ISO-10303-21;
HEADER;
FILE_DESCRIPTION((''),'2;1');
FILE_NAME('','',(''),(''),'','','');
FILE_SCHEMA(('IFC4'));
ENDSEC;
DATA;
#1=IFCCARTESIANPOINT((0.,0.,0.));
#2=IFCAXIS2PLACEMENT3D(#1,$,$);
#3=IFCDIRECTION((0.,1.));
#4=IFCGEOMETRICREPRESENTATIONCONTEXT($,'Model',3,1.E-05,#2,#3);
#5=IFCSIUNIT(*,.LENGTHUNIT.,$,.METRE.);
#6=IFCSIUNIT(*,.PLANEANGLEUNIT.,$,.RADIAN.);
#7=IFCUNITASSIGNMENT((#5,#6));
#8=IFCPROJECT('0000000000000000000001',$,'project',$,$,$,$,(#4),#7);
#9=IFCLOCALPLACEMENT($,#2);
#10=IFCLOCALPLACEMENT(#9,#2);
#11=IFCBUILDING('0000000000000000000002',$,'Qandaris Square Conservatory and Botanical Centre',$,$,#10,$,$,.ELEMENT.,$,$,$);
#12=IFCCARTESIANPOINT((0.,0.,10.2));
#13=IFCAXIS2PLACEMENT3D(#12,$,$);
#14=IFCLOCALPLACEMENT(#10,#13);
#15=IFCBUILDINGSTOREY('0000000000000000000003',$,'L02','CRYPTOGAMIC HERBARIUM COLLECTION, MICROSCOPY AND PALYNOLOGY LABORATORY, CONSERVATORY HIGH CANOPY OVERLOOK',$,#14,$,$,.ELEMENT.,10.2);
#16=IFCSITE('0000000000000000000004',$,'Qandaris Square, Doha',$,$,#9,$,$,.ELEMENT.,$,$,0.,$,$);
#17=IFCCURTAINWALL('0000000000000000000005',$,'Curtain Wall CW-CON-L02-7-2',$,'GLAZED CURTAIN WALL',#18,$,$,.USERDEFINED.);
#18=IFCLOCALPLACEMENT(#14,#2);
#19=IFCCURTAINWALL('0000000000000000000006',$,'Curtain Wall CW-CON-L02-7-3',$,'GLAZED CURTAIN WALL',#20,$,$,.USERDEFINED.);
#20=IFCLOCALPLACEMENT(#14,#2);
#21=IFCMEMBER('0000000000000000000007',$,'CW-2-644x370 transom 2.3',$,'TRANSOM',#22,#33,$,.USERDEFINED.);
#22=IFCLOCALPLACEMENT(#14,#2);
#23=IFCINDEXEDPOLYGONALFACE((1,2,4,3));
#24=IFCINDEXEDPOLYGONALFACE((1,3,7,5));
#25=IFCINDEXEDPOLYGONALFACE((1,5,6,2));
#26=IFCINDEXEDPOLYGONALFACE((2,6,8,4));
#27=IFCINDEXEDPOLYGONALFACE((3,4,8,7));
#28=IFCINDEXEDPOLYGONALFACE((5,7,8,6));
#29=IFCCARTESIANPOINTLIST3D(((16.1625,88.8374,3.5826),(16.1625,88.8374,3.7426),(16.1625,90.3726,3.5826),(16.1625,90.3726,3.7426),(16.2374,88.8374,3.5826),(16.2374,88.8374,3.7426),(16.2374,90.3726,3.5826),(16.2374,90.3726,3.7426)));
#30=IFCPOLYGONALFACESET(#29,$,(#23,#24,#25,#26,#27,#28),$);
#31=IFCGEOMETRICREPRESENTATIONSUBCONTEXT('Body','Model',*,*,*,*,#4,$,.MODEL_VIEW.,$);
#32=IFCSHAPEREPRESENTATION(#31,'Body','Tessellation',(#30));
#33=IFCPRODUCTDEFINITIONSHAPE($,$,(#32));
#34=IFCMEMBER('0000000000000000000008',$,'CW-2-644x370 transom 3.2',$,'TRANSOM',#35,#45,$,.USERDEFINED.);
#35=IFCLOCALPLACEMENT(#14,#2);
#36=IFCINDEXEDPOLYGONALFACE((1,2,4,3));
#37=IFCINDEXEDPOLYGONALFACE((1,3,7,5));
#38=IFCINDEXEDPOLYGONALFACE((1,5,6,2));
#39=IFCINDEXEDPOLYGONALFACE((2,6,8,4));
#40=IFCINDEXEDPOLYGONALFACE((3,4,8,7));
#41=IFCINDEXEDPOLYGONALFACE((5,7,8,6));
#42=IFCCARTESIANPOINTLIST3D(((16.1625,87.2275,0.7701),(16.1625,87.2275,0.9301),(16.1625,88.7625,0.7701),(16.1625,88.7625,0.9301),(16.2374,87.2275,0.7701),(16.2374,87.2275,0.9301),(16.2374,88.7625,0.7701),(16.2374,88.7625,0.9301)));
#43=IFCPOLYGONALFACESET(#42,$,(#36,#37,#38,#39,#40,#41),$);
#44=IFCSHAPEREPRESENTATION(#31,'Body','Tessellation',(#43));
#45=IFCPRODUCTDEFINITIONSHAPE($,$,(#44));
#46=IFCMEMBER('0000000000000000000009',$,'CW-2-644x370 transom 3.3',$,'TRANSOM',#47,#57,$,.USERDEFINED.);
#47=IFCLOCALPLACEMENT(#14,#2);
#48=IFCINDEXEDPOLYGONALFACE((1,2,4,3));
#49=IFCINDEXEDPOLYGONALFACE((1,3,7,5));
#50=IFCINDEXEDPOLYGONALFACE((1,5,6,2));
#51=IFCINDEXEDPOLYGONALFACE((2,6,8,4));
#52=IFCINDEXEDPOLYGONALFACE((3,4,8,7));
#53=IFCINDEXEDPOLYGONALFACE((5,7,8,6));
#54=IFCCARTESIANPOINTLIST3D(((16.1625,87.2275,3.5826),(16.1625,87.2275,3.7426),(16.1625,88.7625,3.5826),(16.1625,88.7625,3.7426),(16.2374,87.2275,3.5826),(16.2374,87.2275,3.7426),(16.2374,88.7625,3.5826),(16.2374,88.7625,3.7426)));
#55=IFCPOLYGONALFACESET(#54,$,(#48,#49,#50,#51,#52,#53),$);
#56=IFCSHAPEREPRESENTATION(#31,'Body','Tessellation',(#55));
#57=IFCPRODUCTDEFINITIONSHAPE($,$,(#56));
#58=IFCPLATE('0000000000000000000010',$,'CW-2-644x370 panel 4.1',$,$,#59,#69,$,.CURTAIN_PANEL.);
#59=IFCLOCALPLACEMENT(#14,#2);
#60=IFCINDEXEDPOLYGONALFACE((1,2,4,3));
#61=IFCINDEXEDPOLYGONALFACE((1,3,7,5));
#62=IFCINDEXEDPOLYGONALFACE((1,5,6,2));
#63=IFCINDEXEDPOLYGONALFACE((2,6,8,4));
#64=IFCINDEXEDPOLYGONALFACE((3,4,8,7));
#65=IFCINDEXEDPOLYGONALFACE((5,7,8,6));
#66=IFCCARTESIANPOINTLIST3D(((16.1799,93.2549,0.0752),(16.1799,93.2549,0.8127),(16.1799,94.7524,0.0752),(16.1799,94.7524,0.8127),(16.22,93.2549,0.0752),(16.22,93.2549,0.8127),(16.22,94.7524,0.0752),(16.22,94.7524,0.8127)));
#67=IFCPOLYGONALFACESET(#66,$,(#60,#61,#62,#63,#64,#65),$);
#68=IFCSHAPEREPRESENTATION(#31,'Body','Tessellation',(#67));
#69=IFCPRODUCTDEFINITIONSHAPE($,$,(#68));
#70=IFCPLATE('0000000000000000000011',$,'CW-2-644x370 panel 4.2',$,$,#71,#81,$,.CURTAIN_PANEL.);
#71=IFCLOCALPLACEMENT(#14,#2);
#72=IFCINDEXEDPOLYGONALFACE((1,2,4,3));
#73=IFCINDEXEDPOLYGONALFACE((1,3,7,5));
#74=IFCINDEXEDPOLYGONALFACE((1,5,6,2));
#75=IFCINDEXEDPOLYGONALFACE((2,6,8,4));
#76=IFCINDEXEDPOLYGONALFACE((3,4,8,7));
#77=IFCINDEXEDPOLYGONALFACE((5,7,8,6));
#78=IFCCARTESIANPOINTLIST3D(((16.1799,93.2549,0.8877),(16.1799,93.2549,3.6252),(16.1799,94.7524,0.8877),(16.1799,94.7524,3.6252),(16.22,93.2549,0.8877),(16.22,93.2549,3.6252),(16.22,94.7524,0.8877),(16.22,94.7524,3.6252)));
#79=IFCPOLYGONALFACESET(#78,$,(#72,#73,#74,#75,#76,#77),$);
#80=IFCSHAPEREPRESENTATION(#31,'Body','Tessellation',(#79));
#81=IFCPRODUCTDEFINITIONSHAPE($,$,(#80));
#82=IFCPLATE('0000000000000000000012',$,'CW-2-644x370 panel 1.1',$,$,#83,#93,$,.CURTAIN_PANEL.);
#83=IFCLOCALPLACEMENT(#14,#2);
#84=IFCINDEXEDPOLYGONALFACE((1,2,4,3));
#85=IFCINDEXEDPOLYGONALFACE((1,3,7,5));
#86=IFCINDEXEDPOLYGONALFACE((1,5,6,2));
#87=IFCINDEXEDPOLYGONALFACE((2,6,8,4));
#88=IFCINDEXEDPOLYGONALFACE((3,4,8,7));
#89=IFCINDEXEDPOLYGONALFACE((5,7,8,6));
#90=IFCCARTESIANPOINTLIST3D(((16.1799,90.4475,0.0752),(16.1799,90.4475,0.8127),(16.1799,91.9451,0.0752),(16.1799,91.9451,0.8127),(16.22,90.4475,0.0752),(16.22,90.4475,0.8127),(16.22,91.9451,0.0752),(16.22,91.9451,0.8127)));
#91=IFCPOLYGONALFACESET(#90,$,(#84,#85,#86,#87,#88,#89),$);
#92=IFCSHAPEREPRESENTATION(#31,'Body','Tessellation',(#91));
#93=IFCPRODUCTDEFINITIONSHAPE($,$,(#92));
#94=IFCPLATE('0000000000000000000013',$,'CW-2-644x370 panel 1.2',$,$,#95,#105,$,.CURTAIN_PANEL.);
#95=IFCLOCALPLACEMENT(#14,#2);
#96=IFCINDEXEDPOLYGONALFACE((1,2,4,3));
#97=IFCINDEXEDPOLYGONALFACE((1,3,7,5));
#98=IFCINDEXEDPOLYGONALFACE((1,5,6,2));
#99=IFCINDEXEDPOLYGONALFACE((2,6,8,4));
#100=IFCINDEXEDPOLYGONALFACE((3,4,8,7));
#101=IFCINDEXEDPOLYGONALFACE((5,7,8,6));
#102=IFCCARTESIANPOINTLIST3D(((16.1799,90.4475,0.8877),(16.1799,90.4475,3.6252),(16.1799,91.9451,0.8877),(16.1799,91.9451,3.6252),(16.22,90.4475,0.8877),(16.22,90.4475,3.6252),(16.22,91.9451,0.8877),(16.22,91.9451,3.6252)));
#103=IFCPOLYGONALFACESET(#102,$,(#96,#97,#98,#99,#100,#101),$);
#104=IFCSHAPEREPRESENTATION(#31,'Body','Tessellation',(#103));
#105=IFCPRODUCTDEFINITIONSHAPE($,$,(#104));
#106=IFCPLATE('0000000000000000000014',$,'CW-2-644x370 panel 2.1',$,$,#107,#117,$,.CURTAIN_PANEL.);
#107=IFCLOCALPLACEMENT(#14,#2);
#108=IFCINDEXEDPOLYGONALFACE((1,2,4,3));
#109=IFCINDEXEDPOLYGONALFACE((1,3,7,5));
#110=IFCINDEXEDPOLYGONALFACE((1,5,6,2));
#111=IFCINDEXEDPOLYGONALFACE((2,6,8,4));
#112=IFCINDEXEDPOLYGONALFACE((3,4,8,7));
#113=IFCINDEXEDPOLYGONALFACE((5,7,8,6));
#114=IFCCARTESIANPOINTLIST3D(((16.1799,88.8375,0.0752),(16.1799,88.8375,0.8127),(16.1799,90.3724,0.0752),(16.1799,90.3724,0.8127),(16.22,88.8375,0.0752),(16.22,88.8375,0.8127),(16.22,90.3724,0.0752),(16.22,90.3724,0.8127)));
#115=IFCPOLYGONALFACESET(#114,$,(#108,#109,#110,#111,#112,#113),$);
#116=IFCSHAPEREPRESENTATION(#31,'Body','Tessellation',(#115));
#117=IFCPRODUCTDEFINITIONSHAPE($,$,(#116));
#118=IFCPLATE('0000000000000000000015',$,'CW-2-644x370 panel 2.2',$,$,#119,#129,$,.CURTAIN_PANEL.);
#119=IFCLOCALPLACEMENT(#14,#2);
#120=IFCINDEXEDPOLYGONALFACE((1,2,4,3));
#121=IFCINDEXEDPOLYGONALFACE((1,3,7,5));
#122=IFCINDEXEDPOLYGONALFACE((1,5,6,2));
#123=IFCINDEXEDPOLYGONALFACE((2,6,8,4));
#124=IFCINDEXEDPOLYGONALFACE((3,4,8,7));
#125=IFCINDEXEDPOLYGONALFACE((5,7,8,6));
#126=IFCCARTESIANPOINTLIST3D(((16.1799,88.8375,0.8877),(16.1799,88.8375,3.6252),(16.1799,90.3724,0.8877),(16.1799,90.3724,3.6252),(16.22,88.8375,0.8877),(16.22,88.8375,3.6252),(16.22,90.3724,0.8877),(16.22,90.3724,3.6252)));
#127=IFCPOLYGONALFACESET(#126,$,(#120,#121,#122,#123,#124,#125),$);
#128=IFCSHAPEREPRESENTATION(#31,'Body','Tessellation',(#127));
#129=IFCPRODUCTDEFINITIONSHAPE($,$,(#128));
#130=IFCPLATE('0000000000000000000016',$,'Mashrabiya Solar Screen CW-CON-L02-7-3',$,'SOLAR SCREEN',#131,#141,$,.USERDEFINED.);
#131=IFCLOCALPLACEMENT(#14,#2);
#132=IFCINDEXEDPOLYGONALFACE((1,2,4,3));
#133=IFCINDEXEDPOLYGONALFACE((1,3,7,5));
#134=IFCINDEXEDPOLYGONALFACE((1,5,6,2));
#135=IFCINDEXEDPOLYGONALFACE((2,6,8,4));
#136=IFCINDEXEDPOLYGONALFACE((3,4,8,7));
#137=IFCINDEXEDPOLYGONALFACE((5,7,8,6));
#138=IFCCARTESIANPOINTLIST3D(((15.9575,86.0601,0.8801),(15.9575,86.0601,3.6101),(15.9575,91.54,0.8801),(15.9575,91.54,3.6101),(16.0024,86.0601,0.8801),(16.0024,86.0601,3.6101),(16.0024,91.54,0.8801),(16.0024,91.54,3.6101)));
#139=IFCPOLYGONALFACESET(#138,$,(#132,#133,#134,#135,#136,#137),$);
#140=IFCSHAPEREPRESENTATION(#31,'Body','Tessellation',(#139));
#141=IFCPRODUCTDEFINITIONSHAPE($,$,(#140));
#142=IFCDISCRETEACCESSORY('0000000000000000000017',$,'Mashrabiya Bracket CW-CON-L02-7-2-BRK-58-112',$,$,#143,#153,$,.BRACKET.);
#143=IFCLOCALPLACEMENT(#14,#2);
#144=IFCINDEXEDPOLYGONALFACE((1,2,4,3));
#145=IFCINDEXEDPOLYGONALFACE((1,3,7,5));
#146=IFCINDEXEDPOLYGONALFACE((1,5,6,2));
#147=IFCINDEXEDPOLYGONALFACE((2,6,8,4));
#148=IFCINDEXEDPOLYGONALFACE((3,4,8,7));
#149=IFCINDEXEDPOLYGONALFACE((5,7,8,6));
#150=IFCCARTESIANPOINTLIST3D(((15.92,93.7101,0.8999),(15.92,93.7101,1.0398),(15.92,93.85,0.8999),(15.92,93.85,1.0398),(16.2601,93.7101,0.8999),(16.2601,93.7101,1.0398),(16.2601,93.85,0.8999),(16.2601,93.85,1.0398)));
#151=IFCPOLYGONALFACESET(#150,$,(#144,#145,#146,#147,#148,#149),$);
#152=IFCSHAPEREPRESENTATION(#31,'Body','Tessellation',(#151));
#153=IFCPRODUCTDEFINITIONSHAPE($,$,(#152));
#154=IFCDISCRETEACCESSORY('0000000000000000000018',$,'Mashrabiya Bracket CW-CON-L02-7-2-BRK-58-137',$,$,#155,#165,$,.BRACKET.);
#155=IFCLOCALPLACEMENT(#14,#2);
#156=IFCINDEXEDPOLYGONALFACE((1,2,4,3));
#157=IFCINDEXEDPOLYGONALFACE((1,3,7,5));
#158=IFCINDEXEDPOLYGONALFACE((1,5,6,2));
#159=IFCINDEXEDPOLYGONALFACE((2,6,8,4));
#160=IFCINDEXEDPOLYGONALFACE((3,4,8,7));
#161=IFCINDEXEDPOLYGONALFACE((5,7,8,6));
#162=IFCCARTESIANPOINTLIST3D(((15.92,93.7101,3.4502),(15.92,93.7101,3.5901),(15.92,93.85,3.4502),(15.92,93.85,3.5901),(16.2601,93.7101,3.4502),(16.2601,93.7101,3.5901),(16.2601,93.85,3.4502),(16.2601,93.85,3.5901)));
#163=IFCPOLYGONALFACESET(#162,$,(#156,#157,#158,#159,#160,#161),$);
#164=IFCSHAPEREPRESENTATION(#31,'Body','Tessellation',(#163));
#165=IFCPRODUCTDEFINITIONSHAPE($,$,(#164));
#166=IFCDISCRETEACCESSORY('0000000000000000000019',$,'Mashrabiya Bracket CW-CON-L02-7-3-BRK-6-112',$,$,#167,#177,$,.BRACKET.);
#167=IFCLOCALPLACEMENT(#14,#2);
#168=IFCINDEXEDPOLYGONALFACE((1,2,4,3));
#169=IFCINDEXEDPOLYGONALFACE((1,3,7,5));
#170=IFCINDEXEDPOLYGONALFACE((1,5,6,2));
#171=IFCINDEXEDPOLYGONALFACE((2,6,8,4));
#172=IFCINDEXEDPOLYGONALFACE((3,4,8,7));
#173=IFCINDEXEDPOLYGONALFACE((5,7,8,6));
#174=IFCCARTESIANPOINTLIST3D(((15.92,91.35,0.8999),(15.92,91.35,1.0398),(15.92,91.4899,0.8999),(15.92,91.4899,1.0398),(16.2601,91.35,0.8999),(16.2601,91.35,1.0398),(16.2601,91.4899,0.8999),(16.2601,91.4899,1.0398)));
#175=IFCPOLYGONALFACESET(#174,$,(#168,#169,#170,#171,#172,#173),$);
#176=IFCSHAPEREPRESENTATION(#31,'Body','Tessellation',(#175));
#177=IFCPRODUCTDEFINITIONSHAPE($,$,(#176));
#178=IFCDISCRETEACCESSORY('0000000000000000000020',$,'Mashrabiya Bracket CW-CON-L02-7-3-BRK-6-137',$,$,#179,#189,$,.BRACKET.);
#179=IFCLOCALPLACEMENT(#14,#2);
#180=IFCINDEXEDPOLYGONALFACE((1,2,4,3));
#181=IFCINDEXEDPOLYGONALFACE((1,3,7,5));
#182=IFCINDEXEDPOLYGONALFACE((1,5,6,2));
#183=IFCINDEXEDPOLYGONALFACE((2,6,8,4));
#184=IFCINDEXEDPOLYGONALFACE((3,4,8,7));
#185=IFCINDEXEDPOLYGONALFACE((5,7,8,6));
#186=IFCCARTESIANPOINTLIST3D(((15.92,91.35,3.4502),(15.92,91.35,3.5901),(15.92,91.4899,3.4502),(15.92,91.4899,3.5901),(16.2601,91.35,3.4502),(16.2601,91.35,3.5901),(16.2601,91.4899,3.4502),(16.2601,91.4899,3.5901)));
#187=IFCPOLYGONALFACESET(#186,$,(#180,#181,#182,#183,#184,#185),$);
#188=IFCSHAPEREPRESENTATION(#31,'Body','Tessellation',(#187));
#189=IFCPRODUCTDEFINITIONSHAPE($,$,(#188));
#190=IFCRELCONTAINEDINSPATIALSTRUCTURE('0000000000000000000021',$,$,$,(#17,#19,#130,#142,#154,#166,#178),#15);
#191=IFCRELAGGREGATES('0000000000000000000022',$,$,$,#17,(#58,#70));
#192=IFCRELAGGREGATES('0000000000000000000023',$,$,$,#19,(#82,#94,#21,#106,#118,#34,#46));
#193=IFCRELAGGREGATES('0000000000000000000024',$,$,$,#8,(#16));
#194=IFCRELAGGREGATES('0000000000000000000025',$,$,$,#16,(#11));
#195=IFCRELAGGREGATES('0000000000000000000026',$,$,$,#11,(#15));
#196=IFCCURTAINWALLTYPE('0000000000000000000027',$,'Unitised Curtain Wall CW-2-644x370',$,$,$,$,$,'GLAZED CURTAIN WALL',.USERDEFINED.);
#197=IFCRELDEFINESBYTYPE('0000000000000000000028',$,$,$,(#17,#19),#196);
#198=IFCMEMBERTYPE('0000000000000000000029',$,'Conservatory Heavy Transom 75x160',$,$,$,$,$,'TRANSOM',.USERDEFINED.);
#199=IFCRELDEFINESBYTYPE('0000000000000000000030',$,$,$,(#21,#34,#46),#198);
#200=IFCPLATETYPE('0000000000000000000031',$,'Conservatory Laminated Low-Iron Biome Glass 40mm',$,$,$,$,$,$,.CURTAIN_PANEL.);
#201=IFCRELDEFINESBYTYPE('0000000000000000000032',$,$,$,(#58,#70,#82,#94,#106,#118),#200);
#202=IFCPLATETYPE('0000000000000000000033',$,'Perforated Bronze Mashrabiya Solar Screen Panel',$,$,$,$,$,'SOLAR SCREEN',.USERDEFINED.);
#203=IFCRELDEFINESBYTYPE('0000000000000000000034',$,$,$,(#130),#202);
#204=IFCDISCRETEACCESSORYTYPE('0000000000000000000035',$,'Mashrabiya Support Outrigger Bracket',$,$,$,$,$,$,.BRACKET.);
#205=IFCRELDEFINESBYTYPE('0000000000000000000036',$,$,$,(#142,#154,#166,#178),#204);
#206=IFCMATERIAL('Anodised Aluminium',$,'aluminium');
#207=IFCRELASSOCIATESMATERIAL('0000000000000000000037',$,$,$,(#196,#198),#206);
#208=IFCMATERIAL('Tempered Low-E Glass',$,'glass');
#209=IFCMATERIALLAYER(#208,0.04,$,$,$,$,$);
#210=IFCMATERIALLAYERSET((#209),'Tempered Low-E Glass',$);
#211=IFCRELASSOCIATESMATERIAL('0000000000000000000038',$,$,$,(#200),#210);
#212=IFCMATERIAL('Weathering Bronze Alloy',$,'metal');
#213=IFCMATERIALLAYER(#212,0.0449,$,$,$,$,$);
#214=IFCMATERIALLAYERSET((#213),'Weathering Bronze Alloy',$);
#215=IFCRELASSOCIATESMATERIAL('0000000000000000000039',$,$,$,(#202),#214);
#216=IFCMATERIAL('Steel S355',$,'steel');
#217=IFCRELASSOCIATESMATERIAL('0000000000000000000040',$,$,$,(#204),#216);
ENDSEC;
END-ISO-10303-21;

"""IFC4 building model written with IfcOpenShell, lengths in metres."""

from ifc_helpers import new_model, si_unit, direction, frame, origin, origin_2d, place, context, subcontext, project, spatial, rectangle, extrude, material, layer, layer_set, material_profile, profile_set, type_object, element, aggregate, save


model = new_model("IFC4")

# Units and contexts
model_context = context("Model", 3, precision=1e-05, world=origin(), true_north=direction((0.0, 1.0)))
body_context = subcontext(model_context, "Body", "Model", "MODEL_VIEW")
ifc_project = project(units=[si_unit("LENGTHUNIT", "METRE"), si_unit("PLANEANGLEUNIT", "RADIAN")], contexts=[model_context])

# Site, building, storey
site_placement = place(None, origin())
site = spatial("IfcSite", under=ifc_project, at=site_placement, Name="Qandaris Square, Doha", CompositionType="ELEMENT", RefElevation=0.0)
building_placement = place(site_placement, origin())
building = spatial("IfcBuilding", under=site, at=building_placement, Name="Qandaris Square Conservatory and Botanical Centre", CompositionType="ELEMENT")
storey_placement = place(building_placement, frame((0.0, 0.0, 10.2)))
storey = spatial("IfcBuildingStorey", under=building, at=storey_placement, Name="L02", Description="CRYPTOGAMIC HERBARIUM COLLECTION, MICROSCOPY AND PALYNOLOGY LABORATORY, CONSERVATORY HIGH CANOPY OVERLOOK", CompositionType="ELEMENT", Elevation=10.2)

# Curtain wall
ifc_material_1 = material(Name="Anodised Aluminium", Category="aluminium")
curtain_wall_type = type_object("IfcCurtainWallType", Name="Unitised Curtain Wall CW-2-644x370", ElementType="GLAZED CURTAIN WALL", PredefinedType="USERDEFINED", material=ifc_material_1)
curtain_wall_1_placement = place(storey_placement, origin())
curtain_wall_1 = element("IfcCurtainWall", 1, at=curtain_wall_1_placement, inside=storey, type_object=curtain_wall_type, Name="Curtain Wall CW-CON-L02-7-2", ObjectType="GLAZED CURTAIN WALL", PredefinedType="USERDEFINED")

# Curtain wall
curtain_wall_2_placement = place(storey_placement, origin())
curtain_wall_2 = element("IfcCurtainWall", 2, at=curtain_wall_2_placement, inside=storey, type_object=curtain_wall_type, Name="Curtain Wall CW-CON-L02-7-3", ObjectType="GLAZED CURTAIN WALL", PredefinedType="USERDEFINED")

# Members
ifc_material_profile_1 = material_profile(ifc_material_1, rectangle(XDim=0.075, YDim=0.1599, at=origin_2d()), Name="ALU-TRN 75x160")
ifc_profile_set_1 = profile_set([ifc_material_profile_1], Name="Anodised Aluminium")
member_type_1 = type_object("IfcMemberType", Name="Conservatory Heavy Transom 75x160", ElementType="TRANSOM", PredefinedType="USERDEFINED", material=ifc_profile_set_1)
member_1_placement = place(storey_placement, frame((16.2, 90.3726, 3.6626), z_axis=(0.0, -1.0, 0.0), x_axis=(1.0, 0.0, 0.0)))
member_1 = element("IfcMember", 3, at=member_1_placement, type_object=member_type_1, Name="CW-2-644x370 transom 2.3", ObjectType="TRANSOM", PredefinedType="USERDEFINED", context=body_context, shape_type="SweptSolid", body=[
    extrude(rectangle(XDim=0.075, YDim=0.1599, at=origin_2d()), origin(), (0.0, 0.0, 1.0), 1.5352),
])
member_2_placement = place(storey_placement, frame((16.2, 88.7625, 0.8501), z_axis=(0.0, -1.0, 0.0), x_axis=(1.0, 0.0, 0.0)))
member_2 = element("IfcMember", 4, at=member_2_placement, type_object=member_type_1, Name="CW-2-644x370 transom 3.2", ObjectType="TRANSOM", PredefinedType="USERDEFINED", context=body_context, shape_type="SweptSolid", body=[
    extrude(rectangle(XDim=0.075, YDim=0.1599, at=origin_2d()), origin(), (0.0, 0.0, 1.0), 1.5349),
])
member_3_placement = place(storey_placement, frame((16.2, 88.7625, 3.6626), z_axis=(0.0, -1.0, 0.0), x_axis=(1.0, 0.0, 0.0)))
member_3 = element("IfcMember", 5, at=member_3_placement, type_object=member_type_1, Name="CW-2-644x370 transom 3.3", ObjectType="TRANSOM", PredefinedType="USERDEFINED", context=body_context, shape_type="SweptSolid", body=[
    extrude(rectangle(XDim=0.075, YDim=0.1599, at=origin_2d()), origin(), (0.0, 0.0, 1.0), 1.5349),
])

# Plates
ifc_material_2 = material(Name="Tempered Low-E Glass", Category="glass")
ifc_layer_1 = layer(ifc_material_2, 0.04)
ifc_layer_set_1 = layer_set([ifc_layer_1], Name="Tempered Low-E Glass")
plate_type_1 = type_object("IfcPlateType", Name="Conservatory Laminated Low-Iron Biome Glass 40mm", PredefinedType="CURTAIN_PANEL", material=ifc_layer_set_1)
plate_1_placement = place(storey_placement, frame((16.2, 94.0037, 0.0752), z_axis=(0.0, 0.0, 1.0), x_axis=(0.0, -1.0, 0.0)))
plate_1 = element("IfcPlate", 6, at=plate_1_placement, type_object=plate_type_1, Name="CW-2-644x370 panel 4.1", PredefinedType="CURTAIN_PANEL", context=body_context, shape_type="SweptSolid", body=[
    extrude(rectangle(XDim=1.4976, YDim=0.04, at=origin_2d()), origin(), (0.0, 0.0, 1.0), 0.7375),
])
plate_2_placement = place(storey_placement, frame((16.2, 94.0037, 0.8877), z_axis=(0.0, 0.0, 1.0), x_axis=(0.0, -1.0, 0.0)))
plate_2 = element("IfcPlate", 7, at=plate_2_placement, type_object=plate_type_1, Name="CW-2-644x370 panel 4.2", PredefinedType="CURTAIN_PANEL", context=body_context, shape_type="SweptSolid", body=[
    extrude(rectangle(XDim=1.4976, YDim=0.04, at=origin_2d()), origin(), (0.0, 0.0, 1.0), 2.7375),
])
aggregate(curtain_wall_1, [plate_1, plate_2])
plate_3_placement = place(storey_placement, frame((16.2, 91.1963, 0.0752), z_axis=(0.0, 0.0, 1.0), x_axis=(0.0, -1.0, 0.0)))
plate_3 = element("IfcPlate", 8, at=plate_3_placement, type_object=plate_type_1, Name="CW-2-644x370 panel 1.1", PredefinedType="CURTAIN_PANEL", context=body_context, shape_type="SweptSolid", body=[
    extrude(rectangle(XDim=1.4976, YDim=0.04, at=origin_2d()), origin(), (0.0, 0.0, 1.0), 0.7375),
])
plate_4_placement = place(storey_placement, frame((16.2, 91.1963, 0.8877), z_axis=(0.0, 0.0, 1.0), x_axis=(0.0, -1.0, 0.0)))
plate_4 = element("IfcPlate", 9, at=plate_4_placement, type_object=plate_type_1, Name="CW-2-644x370 panel 1.2", PredefinedType="CURTAIN_PANEL", context=body_context, shape_type="SweptSolid", body=[
    extrude(rectangle(XDim=1.4976, YDim=0.04, at=origin_2d()), origin(), (0.0, 0.0, 1.0), 2.7375),
])
plate_5_placement = place(storey_placement, frame((16.2, 89.605, 0.0752), z_axis=(0.0, 0.0, 1.0), x_axis=(0.0, -1.0, 0.0)))
plate_5 = element("IfcPlate", 10, at=plate_5_placement, type_object=plate_type_1, Name="CW-2-644x370 panel 2.1", PredefinedType="CURTAIN_PANEL", context=body_context, shape_type="SweptSolid", body=[
    extrude(rectangle(XDim=1.5349, YDim=0.04, at=origin_2d()), origin(), (0.0, 0.0, 1.0), 0.7375),
])
plate_6_placement = place(storey_placement, frame((16.2, 89.605, 0.8877), z_axis=(0.0, 0.0, 1.0), x_axis=(0.0, -1.0, 0.0)))
plate_6 = element("IfcPlate", 11, at=plate_6_placement, type_object=plate_type_1, Name="CW-2-644x370 panel 2.2", PredefinedType="CURTAIN_PANEL", context=body_context, shape_type="SweptSolid", body=[
    extrude(rectangle(XDim=1.5349, YDim=0.04, at=origin_2d()), origin(), (0.0, 0.0, 1.0), 2.7375),
])
aggregate(curtain_wall_2, [plate_3, plate_4, member_1, plate_5, plate_6, member_2, member_3])
ifc_material_3 = material(Name="Weathering Bronze Alloy", Category="metal")
ifc_layer_2 = layer(ifc_material_3, 0.0449)
ifc_layer_set_2 = layer_set([ifc_layer_2], Name="Weathering Bronze Alloy")
plate_type_2 = type_object("IfcPlateType", Name="Perforated Bronze Mashrabiya Solar Screen Panel", ElementType="SOLAR SCREEN", PredefinedType="USERDEFINED", material=ifc_layer_set_2)
plate_7_placement = place(storey_placement, frame((15.98, 88.8, 0.8801), z_axis=(0.0, 0.0, 1.0), x_axis=(0.0, -1.0, 0.0)))
element("IfcPlate", 12, at=plate_7_placement, inside=storey, type_object=plate_type_2, Name="Mashrabiya Solar Screen CW-CON-L02-7-3", ObjectType="SOLAR SCREEN", PredefinedType="USERDEFINED", context=body_context, shape_type="SweptSolid", body=[
    extrude(rectangle(XDim=5.48, YDim=0.0449, at=origin_2d()), origin(), (0.0, 0.0, 1.0), 2.73),
])

# Discrete accessories
ifc_material_4 = material(Name="Steel S355", Category="steel")
discrete_accessory_type = type_object("IfcDiscreteAccessoryType", Name="Mashrabiya Support Outrigger Bracket", PredefinedType="BRACKET", material=ifc_material_4)
for number, where, z_axis, x_axis, name in (
    (13, (16.0901, 93.78, 0.8999), (0.0, 0.0, 1.0), (0.0, -1.0, 0.0), "Mashrabiya Bracket CW-CON-L02-7-2-BRK-58-112"),
    (14, (16.0901, 93.78, 3.4502), (0.0, 0.0, 1.0), (0.0, -1.0, 0.0), "Mashrabiya Bracket CW-CON-L02-7-2-BRK-58-137"),
    (15, (16.0901, 91.4199, 0.8999), (0.0, 0.0, 1.0), (0.0, -1.0, 0.0), "Mashrabiya Bracket CW-CON-L02-7-3-BRK-6-112"),
    (16, (16.0901, 91.4199, 3.4502), (0.0, 0.0, 1.0), (0.0, -1.0, 0.0), "Mashrabiya Bracket CW-CON-L02-7-3-BRK-6-137"),
):
    element("IfcDiscreteAccessory", number, at=place(storey_placement, frame(where, z_axis=z_axis, x_axis=x_axis)), inside=storey, type_object=discrete_accessory_type, Name=name, PredefinedType="BRACKET", context=body_context, shape_type="SweptSolid", body=[
        extrude(rectangle(XDim=0.1399, YDim=0.3401, at=origin_2d()), origin(), (0.0, 0.0, 1.0), 0.1399),
    ])

save(model, "model.ifc")
